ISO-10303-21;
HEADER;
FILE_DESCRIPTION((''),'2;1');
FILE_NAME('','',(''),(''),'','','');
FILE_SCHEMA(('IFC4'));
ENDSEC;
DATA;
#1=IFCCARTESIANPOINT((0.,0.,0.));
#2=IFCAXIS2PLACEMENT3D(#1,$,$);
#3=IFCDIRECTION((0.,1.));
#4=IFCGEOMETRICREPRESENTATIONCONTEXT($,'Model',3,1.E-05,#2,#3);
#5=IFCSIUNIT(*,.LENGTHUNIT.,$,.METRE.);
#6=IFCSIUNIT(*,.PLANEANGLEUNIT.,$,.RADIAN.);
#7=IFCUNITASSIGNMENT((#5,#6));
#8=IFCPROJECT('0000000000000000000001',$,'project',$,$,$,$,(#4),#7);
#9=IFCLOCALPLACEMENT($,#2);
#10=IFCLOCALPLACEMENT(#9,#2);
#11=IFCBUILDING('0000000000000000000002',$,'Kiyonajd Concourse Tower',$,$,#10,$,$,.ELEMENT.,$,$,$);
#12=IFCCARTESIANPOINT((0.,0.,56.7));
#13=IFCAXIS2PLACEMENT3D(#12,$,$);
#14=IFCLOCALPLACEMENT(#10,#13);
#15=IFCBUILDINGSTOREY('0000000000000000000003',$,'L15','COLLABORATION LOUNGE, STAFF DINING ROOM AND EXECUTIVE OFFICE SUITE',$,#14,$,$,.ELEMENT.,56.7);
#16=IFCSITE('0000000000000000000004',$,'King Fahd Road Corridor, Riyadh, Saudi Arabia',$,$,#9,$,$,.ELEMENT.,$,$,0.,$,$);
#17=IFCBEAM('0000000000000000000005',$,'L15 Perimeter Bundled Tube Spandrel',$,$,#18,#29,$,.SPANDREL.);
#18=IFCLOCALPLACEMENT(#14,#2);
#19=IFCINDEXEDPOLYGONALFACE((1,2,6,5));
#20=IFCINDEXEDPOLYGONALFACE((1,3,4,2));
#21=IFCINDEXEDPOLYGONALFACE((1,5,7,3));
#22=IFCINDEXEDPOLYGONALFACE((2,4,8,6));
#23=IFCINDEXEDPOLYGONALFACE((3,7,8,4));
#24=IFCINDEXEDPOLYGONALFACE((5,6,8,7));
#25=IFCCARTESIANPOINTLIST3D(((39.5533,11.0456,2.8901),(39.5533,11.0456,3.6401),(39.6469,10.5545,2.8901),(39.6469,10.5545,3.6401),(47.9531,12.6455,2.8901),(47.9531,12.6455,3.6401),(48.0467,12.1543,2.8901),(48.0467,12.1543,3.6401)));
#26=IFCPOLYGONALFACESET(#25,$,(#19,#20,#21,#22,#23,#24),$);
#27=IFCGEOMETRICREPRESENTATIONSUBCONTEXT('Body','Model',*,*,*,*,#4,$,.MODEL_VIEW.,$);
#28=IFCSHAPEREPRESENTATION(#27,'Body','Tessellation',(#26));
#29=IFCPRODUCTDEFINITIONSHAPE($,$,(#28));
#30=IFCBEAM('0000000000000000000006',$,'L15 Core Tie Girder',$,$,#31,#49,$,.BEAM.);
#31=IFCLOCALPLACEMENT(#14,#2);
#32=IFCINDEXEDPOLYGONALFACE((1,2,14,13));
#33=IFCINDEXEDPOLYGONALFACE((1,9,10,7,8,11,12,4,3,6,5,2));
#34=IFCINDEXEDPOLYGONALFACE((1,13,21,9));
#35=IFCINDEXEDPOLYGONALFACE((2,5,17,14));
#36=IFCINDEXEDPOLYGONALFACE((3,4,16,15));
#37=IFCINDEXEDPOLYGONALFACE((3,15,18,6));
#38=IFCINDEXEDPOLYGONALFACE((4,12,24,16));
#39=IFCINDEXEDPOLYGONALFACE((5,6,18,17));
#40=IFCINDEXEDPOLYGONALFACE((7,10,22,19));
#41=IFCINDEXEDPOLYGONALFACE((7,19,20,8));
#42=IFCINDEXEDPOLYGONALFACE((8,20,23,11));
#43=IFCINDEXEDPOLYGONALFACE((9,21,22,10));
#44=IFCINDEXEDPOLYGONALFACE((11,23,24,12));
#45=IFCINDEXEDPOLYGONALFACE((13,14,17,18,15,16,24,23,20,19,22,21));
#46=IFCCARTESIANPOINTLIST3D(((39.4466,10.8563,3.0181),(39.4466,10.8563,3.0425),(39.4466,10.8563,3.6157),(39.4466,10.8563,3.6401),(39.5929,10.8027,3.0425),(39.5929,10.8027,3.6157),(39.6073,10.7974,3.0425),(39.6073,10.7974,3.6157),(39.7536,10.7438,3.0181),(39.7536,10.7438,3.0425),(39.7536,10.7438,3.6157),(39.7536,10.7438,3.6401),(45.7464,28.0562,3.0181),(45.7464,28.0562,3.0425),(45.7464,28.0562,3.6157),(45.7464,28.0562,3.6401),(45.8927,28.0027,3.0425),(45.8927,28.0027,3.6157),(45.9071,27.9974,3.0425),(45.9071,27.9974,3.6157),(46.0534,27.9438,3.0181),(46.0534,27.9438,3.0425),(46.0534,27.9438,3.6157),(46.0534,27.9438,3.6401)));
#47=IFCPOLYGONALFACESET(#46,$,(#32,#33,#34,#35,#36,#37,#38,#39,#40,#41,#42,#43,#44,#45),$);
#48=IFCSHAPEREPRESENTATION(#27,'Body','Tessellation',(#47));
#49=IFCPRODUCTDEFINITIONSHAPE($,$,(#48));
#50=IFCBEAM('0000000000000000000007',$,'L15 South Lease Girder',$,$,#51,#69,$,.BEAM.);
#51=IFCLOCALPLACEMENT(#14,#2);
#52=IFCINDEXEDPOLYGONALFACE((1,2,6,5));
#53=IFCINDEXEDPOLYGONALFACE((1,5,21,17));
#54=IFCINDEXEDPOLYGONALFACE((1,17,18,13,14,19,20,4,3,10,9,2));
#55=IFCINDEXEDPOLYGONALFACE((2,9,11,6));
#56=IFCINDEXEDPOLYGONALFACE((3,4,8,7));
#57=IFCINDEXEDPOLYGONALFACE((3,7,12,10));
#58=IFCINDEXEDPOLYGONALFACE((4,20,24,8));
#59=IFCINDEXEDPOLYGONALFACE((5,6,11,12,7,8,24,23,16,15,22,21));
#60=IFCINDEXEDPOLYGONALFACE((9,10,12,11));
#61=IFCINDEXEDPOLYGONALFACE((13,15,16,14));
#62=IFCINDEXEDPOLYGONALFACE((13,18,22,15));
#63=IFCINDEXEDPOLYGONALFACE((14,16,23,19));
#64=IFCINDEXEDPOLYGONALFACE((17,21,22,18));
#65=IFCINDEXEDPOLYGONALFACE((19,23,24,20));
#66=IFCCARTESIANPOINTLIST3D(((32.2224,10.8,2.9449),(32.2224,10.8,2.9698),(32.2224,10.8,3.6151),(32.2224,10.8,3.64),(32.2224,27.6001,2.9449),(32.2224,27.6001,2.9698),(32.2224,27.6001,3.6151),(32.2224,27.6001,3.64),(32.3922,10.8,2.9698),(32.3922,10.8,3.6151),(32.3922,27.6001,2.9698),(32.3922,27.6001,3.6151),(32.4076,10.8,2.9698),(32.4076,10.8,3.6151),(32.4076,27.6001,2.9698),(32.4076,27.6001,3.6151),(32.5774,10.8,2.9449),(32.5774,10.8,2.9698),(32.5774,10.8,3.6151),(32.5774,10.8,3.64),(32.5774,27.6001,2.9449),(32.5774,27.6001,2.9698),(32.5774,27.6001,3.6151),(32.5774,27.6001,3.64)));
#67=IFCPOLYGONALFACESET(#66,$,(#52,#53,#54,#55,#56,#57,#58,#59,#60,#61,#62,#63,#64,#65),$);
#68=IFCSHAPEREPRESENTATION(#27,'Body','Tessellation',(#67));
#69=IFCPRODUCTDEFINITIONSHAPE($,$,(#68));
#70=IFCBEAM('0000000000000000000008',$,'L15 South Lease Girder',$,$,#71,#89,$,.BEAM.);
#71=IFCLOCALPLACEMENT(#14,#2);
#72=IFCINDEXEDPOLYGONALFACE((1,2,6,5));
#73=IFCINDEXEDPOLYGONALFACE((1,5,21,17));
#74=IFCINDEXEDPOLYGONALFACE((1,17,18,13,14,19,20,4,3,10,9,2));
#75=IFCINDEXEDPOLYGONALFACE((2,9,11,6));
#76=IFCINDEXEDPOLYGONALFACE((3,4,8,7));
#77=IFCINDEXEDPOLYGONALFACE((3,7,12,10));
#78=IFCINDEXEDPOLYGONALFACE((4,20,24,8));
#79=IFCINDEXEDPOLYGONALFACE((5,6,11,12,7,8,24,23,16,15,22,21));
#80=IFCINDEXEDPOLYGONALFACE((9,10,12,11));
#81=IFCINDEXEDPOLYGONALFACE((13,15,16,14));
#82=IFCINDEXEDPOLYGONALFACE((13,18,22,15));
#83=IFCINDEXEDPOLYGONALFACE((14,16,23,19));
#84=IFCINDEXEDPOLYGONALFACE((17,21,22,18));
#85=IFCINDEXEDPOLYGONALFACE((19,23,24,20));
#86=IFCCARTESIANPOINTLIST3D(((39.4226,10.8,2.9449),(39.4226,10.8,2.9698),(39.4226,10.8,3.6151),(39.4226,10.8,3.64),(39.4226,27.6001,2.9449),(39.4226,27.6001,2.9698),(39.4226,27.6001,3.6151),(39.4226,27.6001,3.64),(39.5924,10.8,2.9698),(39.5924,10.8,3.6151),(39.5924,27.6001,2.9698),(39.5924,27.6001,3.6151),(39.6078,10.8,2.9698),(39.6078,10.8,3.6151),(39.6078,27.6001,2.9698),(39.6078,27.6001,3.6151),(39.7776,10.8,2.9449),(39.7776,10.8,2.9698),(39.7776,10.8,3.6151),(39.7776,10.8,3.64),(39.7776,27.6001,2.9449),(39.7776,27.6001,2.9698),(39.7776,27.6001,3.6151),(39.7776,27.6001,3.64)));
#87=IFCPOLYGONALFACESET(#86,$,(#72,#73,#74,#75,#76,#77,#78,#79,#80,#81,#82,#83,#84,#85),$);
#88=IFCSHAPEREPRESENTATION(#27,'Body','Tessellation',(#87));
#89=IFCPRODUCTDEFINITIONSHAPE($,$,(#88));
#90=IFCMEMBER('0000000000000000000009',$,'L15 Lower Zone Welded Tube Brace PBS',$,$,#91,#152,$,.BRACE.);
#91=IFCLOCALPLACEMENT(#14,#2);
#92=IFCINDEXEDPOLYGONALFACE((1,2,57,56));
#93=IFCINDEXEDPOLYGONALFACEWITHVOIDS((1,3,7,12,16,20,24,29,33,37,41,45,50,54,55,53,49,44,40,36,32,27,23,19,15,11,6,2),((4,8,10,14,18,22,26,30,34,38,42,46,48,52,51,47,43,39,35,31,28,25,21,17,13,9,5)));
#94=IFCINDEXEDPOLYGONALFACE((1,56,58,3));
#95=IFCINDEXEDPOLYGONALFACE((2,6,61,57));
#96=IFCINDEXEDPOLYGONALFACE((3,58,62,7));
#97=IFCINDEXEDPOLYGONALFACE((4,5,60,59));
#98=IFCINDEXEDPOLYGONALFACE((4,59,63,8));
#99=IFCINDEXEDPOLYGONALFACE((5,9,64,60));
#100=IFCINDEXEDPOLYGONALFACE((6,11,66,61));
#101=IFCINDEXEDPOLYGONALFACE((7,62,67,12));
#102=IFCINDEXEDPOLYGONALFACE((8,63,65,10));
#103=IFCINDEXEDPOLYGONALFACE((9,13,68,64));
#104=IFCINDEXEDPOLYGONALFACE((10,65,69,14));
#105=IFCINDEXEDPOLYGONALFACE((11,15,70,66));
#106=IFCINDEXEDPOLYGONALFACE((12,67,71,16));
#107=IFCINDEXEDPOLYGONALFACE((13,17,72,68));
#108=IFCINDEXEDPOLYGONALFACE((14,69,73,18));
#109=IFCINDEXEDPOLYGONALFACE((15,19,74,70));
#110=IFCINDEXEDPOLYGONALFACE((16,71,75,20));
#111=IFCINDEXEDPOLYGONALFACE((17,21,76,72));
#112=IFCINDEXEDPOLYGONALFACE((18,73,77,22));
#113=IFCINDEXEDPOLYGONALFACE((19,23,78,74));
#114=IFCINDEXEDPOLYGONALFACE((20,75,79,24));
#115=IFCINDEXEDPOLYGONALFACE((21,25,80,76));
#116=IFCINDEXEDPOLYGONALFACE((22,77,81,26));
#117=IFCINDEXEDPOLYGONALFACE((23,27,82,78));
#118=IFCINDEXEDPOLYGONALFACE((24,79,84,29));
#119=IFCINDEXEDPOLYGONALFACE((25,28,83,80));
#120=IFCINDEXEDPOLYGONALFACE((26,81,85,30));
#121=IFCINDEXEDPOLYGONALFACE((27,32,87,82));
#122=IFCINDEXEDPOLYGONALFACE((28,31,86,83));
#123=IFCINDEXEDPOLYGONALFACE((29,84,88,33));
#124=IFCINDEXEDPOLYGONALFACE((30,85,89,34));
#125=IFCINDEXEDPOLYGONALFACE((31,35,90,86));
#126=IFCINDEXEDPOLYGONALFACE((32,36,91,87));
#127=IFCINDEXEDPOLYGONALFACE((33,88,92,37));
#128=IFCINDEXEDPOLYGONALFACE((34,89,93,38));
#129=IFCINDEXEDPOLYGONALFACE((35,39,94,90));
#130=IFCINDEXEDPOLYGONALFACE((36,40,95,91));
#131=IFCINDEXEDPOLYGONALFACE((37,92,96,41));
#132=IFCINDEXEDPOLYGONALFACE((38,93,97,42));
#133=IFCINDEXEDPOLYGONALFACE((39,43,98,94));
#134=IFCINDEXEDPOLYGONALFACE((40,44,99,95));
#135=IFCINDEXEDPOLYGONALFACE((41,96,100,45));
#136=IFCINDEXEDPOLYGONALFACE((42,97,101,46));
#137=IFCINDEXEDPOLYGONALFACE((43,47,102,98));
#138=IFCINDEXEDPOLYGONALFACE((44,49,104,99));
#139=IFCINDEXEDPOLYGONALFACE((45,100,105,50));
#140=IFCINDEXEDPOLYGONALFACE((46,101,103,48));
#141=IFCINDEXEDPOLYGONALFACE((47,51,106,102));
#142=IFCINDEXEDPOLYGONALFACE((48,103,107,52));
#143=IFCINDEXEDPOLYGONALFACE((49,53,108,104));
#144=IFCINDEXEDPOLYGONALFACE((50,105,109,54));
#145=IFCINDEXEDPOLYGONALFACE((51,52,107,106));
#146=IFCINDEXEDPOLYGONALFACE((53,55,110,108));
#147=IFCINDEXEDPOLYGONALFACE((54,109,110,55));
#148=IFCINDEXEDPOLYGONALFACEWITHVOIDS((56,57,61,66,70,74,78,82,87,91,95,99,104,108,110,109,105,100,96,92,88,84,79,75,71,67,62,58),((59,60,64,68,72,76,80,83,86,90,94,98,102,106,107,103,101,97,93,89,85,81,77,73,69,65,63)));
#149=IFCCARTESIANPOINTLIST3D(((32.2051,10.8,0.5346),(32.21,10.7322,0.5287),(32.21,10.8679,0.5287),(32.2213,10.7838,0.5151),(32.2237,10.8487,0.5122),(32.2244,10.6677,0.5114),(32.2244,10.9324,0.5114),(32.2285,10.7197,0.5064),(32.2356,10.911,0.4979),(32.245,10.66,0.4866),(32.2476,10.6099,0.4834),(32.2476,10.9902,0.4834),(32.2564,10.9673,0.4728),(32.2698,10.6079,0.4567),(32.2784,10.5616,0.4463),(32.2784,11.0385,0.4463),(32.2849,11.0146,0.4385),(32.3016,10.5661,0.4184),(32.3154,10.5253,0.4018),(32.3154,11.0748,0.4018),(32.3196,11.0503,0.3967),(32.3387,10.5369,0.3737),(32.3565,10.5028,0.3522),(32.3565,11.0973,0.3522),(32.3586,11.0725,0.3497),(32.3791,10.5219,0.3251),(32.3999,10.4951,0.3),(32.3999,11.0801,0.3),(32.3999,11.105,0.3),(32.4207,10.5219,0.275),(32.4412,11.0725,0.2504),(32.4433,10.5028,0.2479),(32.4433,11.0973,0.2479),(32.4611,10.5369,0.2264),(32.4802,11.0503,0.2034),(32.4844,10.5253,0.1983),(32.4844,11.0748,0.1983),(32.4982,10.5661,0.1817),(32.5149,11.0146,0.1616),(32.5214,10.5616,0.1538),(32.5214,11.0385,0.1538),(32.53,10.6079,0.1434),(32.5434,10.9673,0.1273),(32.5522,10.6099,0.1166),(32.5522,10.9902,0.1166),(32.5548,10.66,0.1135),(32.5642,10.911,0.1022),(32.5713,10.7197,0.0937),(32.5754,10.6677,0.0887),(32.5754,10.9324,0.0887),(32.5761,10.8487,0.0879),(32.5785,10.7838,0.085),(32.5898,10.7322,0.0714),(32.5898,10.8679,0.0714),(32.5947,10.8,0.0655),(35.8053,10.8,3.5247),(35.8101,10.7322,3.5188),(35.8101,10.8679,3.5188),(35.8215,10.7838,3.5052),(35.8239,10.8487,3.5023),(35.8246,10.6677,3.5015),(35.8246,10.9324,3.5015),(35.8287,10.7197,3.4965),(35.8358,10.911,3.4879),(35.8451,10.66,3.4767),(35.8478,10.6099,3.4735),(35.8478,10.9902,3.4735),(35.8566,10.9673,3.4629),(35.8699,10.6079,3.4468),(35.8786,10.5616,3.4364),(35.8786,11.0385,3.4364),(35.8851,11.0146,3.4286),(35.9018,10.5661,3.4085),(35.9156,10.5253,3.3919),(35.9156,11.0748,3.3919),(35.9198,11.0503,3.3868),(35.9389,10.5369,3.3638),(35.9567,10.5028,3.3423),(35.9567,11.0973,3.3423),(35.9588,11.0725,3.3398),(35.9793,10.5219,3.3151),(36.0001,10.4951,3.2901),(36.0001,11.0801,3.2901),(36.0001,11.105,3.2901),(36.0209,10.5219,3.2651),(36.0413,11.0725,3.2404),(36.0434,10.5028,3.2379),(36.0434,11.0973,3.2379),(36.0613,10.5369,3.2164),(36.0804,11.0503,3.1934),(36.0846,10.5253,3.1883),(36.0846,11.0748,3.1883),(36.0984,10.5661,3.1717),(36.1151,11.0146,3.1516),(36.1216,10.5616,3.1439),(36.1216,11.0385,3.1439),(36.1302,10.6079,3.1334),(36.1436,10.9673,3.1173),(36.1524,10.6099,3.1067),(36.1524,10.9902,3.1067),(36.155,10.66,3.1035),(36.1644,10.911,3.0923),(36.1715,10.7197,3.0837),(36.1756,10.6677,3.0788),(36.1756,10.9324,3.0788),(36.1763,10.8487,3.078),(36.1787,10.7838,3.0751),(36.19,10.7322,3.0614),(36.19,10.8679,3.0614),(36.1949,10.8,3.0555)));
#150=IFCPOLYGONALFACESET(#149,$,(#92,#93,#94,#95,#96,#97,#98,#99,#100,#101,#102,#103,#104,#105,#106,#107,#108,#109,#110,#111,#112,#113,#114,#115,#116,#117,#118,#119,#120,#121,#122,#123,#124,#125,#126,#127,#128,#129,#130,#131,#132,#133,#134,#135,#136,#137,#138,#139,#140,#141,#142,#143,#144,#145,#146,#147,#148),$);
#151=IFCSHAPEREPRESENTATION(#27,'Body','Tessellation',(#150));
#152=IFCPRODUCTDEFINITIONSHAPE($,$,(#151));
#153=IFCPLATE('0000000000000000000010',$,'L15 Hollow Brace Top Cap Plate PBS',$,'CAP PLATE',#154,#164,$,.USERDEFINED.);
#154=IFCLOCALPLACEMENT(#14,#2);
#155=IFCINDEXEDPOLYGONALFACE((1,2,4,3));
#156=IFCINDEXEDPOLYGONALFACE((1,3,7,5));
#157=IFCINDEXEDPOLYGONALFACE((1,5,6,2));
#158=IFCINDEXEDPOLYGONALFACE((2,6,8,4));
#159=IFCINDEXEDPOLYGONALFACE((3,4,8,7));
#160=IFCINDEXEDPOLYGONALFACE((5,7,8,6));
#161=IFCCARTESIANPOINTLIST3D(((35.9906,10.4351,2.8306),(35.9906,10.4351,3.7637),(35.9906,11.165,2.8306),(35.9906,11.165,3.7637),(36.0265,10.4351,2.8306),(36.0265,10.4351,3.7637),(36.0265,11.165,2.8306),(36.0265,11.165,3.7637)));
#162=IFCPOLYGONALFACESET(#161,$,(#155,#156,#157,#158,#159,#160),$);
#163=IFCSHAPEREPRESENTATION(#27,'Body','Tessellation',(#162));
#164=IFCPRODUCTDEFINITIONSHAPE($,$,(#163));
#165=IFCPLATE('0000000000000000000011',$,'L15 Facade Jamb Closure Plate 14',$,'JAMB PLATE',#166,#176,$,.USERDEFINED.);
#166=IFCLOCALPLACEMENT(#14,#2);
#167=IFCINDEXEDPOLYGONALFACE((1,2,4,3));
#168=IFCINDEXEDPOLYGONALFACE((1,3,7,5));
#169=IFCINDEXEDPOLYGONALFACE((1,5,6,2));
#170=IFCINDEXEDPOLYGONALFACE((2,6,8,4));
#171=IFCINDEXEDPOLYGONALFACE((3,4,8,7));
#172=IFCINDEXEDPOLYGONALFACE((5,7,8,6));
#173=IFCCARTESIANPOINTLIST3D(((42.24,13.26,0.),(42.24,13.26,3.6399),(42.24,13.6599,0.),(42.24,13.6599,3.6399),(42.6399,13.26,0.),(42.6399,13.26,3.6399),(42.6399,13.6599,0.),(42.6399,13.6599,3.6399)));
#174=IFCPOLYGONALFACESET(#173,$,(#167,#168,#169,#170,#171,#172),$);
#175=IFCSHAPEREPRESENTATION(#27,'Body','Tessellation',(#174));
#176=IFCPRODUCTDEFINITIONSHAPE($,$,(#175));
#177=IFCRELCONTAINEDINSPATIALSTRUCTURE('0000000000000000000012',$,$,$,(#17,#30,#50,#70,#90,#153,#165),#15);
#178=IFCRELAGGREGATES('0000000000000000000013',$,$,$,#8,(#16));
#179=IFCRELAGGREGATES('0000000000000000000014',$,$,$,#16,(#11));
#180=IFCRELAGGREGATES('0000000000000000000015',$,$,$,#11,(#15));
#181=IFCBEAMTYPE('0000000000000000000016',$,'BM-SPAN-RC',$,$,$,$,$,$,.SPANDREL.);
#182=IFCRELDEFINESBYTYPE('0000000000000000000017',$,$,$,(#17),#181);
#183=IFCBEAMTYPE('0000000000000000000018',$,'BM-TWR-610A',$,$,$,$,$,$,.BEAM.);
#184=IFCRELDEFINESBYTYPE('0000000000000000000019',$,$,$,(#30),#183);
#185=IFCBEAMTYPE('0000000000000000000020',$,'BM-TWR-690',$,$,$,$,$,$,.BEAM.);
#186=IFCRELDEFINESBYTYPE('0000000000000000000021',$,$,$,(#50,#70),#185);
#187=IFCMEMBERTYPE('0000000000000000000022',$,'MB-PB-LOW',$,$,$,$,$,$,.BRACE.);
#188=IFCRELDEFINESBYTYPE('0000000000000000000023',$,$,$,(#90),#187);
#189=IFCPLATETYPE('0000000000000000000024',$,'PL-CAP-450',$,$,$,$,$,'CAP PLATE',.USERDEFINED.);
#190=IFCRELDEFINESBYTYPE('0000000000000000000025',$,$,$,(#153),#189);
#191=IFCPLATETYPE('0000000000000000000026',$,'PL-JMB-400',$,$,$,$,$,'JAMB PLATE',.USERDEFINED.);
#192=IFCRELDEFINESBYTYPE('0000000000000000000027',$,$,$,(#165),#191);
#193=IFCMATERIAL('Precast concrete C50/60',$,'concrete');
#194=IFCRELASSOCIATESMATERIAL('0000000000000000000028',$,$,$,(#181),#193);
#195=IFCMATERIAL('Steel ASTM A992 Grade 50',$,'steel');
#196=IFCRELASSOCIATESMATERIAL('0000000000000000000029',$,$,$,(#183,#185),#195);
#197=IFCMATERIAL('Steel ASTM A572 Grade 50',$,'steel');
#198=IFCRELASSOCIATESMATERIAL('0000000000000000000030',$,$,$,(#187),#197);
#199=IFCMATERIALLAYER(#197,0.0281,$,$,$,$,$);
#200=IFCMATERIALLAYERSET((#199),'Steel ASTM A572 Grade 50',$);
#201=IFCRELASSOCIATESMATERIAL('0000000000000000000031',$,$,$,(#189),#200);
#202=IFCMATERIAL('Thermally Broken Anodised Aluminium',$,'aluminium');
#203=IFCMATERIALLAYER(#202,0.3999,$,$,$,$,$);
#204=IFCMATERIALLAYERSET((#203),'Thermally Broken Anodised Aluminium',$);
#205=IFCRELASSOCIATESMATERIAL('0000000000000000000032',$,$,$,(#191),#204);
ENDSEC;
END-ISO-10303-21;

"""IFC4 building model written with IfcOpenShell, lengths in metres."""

from ifc_helpers import new_model, si_unit, direction, frame, origin, origin_2d, place, context, subcontext, project, spatial, rectangle, hollow_circle, i_section, extrude, material, layer, layer_set, material_profile, profile_set, type_object, element, save


model = new_model("IFC4")

# Units and contexts
model_context = context("Model", 3, precision=1e-05, world=origin(), true_north=direction((0.0, 1.0)))
body_context = subcontext(model_context, "Body", "Model", "MODEL_VIEW")
ifc_project = project(units=[si_unit("LENGTHUNIT", "METRE"), si_unit("PLANEANGLEUNIT", "RADIAN")], contexts=[model_context])

# Site, building, storey
site_placement = place(None, origin())
site = spatial("IfcSite", under=ifc_project, at=site_placement, Name="King Fahd Road Corridor, Riyadh, Saudi Arabia", CompositionType="ELEMENT", RefElevation=0.0)
building_placement = place(site_placement, origin())
building = spatial("IfcBuilding", under=site, at=building_placement, Name="Kiyonajd Concourse Tower", CompositionType="ELEMENT")
storey_placement = place(building_placement, frame((0.0, 0.0, 56.7)))
storey = spatial("IfcBuildingStorey", under=building, at=storey_placement, Name="L15", Description="COLLABORATION LOUNGE, STAFF DINING ROOM AND EXECUTIVE OFFICE SUITE", CompositionType="ELEMENT", Elevation=56.7)

# Beams
ifc_material_1 = material(Name="Steel ASTM A992 Grade 50", Category="steel")
ifc_material_2 = material(Name="Precast concrete C50/60", Category="concrete")
ifc_material_profile_1 = material_profile(ifc_material_2, rectangle(XDim=0.5, YDim=0.75, at=origin_2d()), Name="RCBM-500x750")
ifc_profile_set_1 = profile_set([ifc_material_profile_1], Name="Precast concrete C50/60")
beam_type_1 = type_object("IfcBeamType", Name="BM-SPAN-RC", PredefinedType="SPANDREL", material=ifc_profile_set_1)
beam_1_placement = place(storey_placement, frame((39.6001, 10.8, 3.2651), z_axis=(0.982341, 0.187098, 0.0), x_axis=(-0.187098, 0.982341, 0.0)))
element("IfcBeam", 1, at=beam_1_placement, inside=storey, type_object=beam_type_1, Name="L15 Perimeter Bundled Tube Spandrel", PredefinedType="SPANDREL", context=body_context, shape_type="SweptSolid", body=[
    extrude(rectangle(XDim=0.5, YDim=0.75, at=origin_2d()), origin(), (0.0, 0.0, 1.0), 8.5508),
])
ifc_material_profile_2 = material_profile(ifc_material_1, i_section(OverallWidth=0.3269, OverallDepth=0.6221, WebThickness=0.0154, FlangeThickness=0.0244, at=origin_2d()), Name="W610X195")
ifc_profile_set_2 = profile_set([ifc_material_profile_2], Name="Steel ASTM A992 Grade 50")
beam_type_2 = type_object("IfcBeamType", Name="BM-TWR-610A", PredefinedType="BEAM", material=ifc_profile_set_2)
beam_2_placement = place(storey_placement, frame((39.6001, 10.8, 3.3291), z_axis=(0.343925, 0.938997, 0.0), x_axis=(-0.938997, 0.343925, 0.0)))
element("IfcBeam", 2, at=beam_2_placement, inside=storey, type_object=beam_type_2, Name="L15 Core Tie Girder", PredefinedType="BEAM", context=body_context, shape_type="SweptSolid", body=[
    extrude(i_section(OverallWidth=0.3269, OverallDepth=0.6221, WebThickness=0.0154, FlangeThickness=0.0244, at=origin_2d()), origin(), (0.0, 0.0, 1.0), 18.3174),
])
ifc_material_profile_3 = material_profile(ifc_material_1, i_section(OverallWidth=0.355, OverallDepth=0.6951, WebThickness=0.0154, FlangeThickness=0.0249, at=origin_2d()), Name="W690X217")
ifc_profile_set_3 = profile_set([ifc_material_profile_3], Name="Steel ASTM A992 Grade 50")
beam_type_3 = type_object("IfcBeamType", Name="BM-TWR-690", PredefinedType="BEAM", material=ifc_profile_set_3)
for number, where, z_axis, x_axis, name in (
    (3, (32.3999, 10.8, 3.2925), (0.0, 1.0, 0.0), (-1.0, 0.0, 0.0), "L15 South Lease Girder"),
    (4, (39.6001, 10.8, 3.2925), (0.0, 1.0, 0.0), (-1.0, 0.0, 0.0), "L15 South Lease Girder"),
):
    element("IfcBeam", number, at=place(storey_placement, frame(where, z_axis=z_axis, x_axis=x_axis)), inside=storey, type_object=beam_type_3, Name=name, PredefinedType="BEAM", context=body_context, shape_type="SweptSolid", body=[
        extrude(i_section(OverallWidth=0.355, OverallDepth=0.6951, WebThickness=0.0154, FlangeThickness=0.0249, at=origin_2d()), origin(), (0.0, 0.0, 1.0), 16.8),
    ])

# Member
ifc_material_3 = material(Name="Steel ASTM A572 Grade 50", Category="steel")
ifc_material_profile_4 = material_profile(ifc_material_3, hollow_circle(Radius=0.3049, WallThickness=0.0249, at=origin_2d()), Name="CHS-610x25")
ifc_profile_set_4 = profile_set([ifc_material_profile_4], Name="Steel ASTM A572 Grade 50")
member_type = type_object("IfcMemberType", Name="MB-PB-LOW", PredefinedType="BRACE", material=ifc_profile_set_4)
member_placement = place(storey_placement, frame((32.3999, 10.8, 0.3), z_axis=(0.769281, 0.0, 0.638911), x_axis=(0.0, 1.0, 0.0)))
element("IfcMember", 5, at=member_placement, inside=storey, type_object=member_type, Name="L15 Lower Zone Welded Tube Brace PBS", PredefinedType="BRACE", context=body_context, shape_type="SweptSolid", body=[
    extrude(hollow_circle(Radius=0.3049, WallThickness=0.0249, at=origin_2d()), origin(), (0.0, 0.0, 1.0), 4.6799),
])

# Plates
ifc_layer_1 = layer(ifc_material_3, 0.0281)
ifc_layer_set_1 = layer_set([ifc_layer_1], Name="Steel ASTM A572 Grade 50")
plate_type_1 = type_object("IfcPlateType", Name="PL-CAP-450", ElementType="CAP PLATE", PredefinedType="USERDEFINED", material=ifc_layer_set_1)
plate_1_placement = place(storey_placement, frame((36.0085, 10.8, 2.8306), z_axis=(0.0, 0.0, 1.0), x_axis=(1.0, 0.0, 0.0)))
element("IfcPlate", 6, at=plate_1_placement, inside=storey, type_object=plate_type_1, Name="L15 Hollow Brace Top Cap Plate PBS", ObjectType="CAP PLATE", PredefinedType="USERDEFINED", context=body_context, shape_type="SweptSolid", body=[
    extrude(rectangle(XDim=0.0359, YDim=0.73, at=origin_2d()), origin(), (0.0, 0.0, 1.0), 0.9331),
])
ifc_material_4 = material(Name="Thermally Broken Anodised Aluminium", Category="aluminium")
ifc_layer_2 = layer(ifc_material_4, 0.3999)
ifc_layer_set_2 = layer_set([ifc_layer_2], Name="Thermally Broken Anodised Aluminium")
plate_type_2 = type_object("IfcPlateType", Name="PL-JMB-400", ElementType="JAMB PLATE", PredefinedType="USERDEFINED", material=ifc_layer_set_2)
plate_2_placement = place(storey_placement, frame((42.4399, 13.46, 0.0), z_axis=(0.0, 0.0, 1.0), x_axis=(1.0, 0.0, 0.0)))
element("IfcPlate", 7, at=plate_2_placement, inside=storey, type_object=plate_type_2, Name="L15 Facade Jamb Closure Plate 14", ObjectType="JAMB PLATE", PredefinedType="USERDEFINED", context=body_context, shape_type="SweptSolid", body=[
    extrude(rectangle(XDim=0.3999, YDim=0.3999, at=origin_2d()), origin(), (0.0, 0.0, 1.0), 3.6399),
])

save(model, "model.ifc")
